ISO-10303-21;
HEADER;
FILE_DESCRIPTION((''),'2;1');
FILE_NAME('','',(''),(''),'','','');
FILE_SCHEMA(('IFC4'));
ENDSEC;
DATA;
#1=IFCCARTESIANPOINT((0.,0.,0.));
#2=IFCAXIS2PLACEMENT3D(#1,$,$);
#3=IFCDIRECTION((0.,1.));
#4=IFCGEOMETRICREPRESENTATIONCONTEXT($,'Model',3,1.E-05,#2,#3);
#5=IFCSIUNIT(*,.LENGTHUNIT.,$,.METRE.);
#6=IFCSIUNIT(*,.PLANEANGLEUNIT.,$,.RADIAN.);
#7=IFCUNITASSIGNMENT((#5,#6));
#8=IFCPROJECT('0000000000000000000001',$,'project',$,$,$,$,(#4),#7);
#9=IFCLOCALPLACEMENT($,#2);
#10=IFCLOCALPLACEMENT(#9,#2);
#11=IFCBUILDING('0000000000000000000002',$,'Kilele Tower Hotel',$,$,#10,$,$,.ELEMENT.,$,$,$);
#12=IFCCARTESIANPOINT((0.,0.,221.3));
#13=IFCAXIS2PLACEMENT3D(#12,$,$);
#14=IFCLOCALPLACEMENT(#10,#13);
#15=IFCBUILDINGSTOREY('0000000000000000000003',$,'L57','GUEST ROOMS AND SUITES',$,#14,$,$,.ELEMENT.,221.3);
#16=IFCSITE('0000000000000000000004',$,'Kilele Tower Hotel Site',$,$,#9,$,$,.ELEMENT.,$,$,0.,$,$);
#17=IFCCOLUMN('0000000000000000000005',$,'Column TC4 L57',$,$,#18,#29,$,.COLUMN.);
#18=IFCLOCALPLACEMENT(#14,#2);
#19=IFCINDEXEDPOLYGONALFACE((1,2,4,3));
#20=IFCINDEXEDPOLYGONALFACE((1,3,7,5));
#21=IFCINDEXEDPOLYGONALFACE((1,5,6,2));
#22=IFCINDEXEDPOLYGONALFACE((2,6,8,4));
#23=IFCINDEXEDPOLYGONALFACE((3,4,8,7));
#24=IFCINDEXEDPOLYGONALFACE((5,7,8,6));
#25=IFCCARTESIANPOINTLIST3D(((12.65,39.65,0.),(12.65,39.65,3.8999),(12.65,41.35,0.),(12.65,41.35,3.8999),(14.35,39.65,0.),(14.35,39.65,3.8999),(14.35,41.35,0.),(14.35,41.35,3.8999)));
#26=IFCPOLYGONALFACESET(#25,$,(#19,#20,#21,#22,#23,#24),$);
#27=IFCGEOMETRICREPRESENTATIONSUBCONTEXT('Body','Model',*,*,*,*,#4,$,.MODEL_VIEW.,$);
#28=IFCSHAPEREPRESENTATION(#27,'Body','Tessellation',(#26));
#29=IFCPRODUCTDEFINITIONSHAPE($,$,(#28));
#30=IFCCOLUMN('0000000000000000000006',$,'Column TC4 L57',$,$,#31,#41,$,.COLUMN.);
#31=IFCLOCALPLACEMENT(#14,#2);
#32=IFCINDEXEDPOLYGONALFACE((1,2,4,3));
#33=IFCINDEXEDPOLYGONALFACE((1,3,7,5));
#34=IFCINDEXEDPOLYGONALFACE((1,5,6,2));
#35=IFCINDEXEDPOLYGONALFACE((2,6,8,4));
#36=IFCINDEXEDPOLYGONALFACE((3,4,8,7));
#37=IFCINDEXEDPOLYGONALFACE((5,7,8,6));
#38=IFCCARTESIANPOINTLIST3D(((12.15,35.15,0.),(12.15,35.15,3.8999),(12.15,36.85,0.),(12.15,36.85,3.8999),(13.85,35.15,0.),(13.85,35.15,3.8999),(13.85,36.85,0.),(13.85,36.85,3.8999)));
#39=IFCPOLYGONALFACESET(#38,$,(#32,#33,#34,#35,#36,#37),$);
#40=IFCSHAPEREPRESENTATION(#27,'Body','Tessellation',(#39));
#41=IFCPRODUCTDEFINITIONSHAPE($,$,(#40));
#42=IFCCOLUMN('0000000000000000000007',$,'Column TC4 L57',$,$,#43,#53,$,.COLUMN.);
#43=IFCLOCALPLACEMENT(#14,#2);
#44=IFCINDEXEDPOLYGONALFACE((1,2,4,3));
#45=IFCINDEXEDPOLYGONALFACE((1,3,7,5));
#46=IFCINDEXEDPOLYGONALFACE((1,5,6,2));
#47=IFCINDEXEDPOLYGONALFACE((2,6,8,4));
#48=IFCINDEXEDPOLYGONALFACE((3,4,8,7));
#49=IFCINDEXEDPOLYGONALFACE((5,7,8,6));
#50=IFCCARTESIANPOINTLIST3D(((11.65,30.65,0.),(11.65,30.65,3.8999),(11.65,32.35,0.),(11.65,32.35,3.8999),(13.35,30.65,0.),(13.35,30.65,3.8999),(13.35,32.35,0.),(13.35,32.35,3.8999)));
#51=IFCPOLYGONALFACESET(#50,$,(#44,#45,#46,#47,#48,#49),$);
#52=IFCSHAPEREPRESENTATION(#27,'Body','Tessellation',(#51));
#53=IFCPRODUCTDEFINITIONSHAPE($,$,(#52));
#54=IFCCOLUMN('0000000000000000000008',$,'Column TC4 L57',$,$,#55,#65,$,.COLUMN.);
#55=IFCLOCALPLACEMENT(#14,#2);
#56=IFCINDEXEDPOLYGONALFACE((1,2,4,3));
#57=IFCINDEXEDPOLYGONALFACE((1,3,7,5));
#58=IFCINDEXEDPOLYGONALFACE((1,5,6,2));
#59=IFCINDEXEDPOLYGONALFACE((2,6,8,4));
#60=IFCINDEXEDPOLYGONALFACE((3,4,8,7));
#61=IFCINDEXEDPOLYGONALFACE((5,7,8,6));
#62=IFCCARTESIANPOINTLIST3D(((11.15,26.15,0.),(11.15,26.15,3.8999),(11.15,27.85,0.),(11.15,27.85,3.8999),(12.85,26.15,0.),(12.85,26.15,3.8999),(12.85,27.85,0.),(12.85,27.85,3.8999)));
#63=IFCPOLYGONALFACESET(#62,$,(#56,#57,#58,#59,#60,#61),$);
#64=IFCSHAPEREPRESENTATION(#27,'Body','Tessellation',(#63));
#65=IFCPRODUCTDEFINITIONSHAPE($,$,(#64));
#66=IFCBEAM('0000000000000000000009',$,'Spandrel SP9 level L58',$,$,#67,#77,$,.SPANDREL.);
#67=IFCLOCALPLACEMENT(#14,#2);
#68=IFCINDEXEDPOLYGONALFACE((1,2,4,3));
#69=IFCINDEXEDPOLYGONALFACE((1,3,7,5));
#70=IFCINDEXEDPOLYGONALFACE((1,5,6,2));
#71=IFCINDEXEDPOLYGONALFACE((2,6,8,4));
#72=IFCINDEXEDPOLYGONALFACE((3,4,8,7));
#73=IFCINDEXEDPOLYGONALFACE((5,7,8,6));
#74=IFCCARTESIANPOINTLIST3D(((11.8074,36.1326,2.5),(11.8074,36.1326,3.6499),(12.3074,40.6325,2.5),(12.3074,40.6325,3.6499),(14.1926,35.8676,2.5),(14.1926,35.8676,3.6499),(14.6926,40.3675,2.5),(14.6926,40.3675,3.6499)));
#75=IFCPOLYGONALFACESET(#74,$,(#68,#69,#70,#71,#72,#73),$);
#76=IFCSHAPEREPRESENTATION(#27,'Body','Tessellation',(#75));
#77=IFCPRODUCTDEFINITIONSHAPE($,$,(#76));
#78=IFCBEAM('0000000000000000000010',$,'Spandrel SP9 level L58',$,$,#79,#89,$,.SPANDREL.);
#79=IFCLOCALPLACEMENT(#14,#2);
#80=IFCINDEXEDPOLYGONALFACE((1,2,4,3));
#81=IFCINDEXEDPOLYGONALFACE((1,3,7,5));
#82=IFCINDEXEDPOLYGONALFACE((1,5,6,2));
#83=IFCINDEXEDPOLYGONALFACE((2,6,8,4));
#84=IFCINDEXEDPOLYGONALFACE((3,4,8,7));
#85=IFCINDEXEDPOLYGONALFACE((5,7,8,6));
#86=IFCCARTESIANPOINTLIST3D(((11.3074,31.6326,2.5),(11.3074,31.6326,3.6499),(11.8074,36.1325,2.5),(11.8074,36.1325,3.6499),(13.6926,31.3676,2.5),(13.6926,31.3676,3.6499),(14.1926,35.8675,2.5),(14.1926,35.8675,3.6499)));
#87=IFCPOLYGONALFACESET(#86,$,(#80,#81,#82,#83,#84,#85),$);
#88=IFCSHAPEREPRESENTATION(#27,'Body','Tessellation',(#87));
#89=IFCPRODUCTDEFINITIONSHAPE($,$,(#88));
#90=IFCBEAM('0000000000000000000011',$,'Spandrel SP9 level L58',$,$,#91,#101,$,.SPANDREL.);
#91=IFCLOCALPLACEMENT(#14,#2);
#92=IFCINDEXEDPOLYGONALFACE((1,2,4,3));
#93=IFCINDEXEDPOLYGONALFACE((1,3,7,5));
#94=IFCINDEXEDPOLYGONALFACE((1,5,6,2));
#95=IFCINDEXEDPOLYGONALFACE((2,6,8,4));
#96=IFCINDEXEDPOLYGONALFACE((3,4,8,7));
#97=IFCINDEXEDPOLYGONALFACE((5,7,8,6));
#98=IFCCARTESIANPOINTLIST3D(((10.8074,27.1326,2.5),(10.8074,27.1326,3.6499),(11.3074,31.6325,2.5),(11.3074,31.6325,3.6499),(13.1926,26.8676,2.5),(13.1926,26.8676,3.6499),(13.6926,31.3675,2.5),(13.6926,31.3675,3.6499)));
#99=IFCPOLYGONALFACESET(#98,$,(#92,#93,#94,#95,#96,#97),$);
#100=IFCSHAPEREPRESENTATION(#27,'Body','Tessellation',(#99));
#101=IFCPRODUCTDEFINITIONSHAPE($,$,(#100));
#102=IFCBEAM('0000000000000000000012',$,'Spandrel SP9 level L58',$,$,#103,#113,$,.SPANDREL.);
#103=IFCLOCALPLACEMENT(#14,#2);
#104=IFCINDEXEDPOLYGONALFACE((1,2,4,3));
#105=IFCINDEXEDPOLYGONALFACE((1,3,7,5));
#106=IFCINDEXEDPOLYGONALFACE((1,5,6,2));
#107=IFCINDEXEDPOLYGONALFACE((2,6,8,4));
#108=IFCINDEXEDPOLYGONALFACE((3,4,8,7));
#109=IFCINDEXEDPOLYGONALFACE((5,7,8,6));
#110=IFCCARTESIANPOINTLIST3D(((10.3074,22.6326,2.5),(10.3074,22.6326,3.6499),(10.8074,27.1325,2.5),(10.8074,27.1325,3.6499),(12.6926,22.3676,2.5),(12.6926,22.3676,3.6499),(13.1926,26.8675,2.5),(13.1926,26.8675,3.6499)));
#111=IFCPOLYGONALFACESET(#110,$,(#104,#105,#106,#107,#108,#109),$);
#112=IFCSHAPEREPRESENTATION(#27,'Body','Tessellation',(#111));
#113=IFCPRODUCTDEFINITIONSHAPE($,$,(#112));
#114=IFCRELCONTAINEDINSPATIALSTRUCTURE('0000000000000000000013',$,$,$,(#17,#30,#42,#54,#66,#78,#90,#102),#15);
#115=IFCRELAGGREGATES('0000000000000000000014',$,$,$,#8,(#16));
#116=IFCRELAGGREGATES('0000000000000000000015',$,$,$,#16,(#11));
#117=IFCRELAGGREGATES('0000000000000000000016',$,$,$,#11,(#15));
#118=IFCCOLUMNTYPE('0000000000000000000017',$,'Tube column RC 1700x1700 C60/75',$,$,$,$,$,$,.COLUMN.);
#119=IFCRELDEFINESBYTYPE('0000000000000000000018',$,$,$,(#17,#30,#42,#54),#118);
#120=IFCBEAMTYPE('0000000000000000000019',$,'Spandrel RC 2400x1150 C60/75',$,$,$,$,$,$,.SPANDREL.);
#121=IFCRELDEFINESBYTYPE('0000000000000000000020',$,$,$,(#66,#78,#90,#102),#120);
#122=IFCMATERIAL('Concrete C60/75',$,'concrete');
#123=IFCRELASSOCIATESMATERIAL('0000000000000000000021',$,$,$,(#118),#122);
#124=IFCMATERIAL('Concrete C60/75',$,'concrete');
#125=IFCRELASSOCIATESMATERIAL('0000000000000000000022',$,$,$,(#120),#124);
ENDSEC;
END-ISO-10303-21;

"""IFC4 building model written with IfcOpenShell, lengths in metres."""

from ifc_helpers import new_model, si_unit, direction, frame, origin, origin_2d, place, context, subcontext, project, spatial, rectangle, extrude, material, material_profile, profile_set, type_object, element, save


model = new_model("IFC4")

# Units and contexts
model_context = context("Model", 3, precision=1e-05, world=origin(), true_north=direction((0.0, 1.0)))
body_context = subcontext(model_context, "Body", "Model", "MODEL_VIEW")
ifc_project = project(units=[si_unit("LENGTHUNIT", "METRE"), si_unit("PLANEANGLEUNIT", "RADIAN")], contexts=[model_context])

# Site, building, storey
site_placement = place(None, origin())
site = spatial("IfcSite", under=ifc_project, at=site_placement, Name="Kilele Tower Hotel Site", CompositionType="ELEMENT", RefElevation=0.0)
building_placement = place(site_placement, origin())
building = spatial("IfcBuilding", under=site, at=building_placement, Name="Kilele Tower Hotel", CompositionType="ELEMENT")
storey_placement = place(building_placement, frame((0.0, 0.0, 221.3)))
storey = spatial("IfcBuildingStorey", under=building, at=storey_placement, Name="L57", Description="GUEST ROOMS AND SUITES", CompositionType="ELEMENT", Elevation=221.3)

# Columns
ifc_material_1 = material(Name="Concrete C60/75", Category="concrete")
ifc_material_profile_1 = material_profile(ifc_material_1, rectangle(XDim=1.7, YDim=1.7, at=origin_2d()))
ifc_profile_set_1 = profile_set([ifc_material_profile_1], Name="Concrete C60/75")
column_type = type_object("IfcColumnType", Name="Tube column RC 1700x1700 C60/75", PredefinedType="COLUMN", material=ifc_profile_set_1)
for number, where, z_axis, x_axis, name in (
    (1, (13.5, 40.5, 0.0), (0.0, 0.0, 1.0), (1.0, 0.0, 0.0), "Column TC4 L57"),
    (2, (13.0, 36.0, 0.0), (0.0, 0.0, 1.0), (1.0, 0.0, 0.0), "Column TC4 L57"),
    (3, (12.5, 31.5, 0.0), (0.0, 0.0, 1.0), (1.0, 0.0, 0.0), "Column TC4 L57"),
    (4, (12.0, 27.0, 0.0), (0.0, 0.0, 1.0), (1.0, 0.0, 0.0), "Column TC4 L57"),
):
    element("IfcColumn", number, at=place(storey_placement, frame(where, z_axis=z_axis, x_axis=x_axis)), inside=storey, type_object=column_type, Name=name, PredefinedType="COLUMN", context=body_context, shape_type="SweptSolid", body=[
        extrude(rectangle(XDim=1.7, YDim=1.7, at=origin_2d()), origin(), (0.0, 0.0, 1.0), 3.8999),
    ])

# Beams
ifc_material_2 = material(Name="Concrete C60/75", Category="concrete")
ifc_material_profile_2 = material_profile(ifc_material_2, rectangle(XDim=2.3999, YDim=1.1499, at=origin_2d()))
ifc_profile_set_2 = profile_set([ifc_material_profile_2], Name="Concrete C60/75")
beam_type = type_object("IfcBeamType", Name="Spandrel RC 2400x1150 C60/75", PredefinedType="SPANDREL", material=ifc_profile_set_2)
for number, where, z_axis, x_axis, name in (
    (5, (13.5, 40.5, 3.075), (-0.110432, -0.993884, 0.0), (0.993884, -0.110432, 0.0), "Spandrel SP9 level L58"),
    (6, (13.0, 36.0, 3.075), (-0.110432, -0.993884, 0.0), (0.993884, -0.110432, 0.0), "Spandrel SP9 level L58"),
    (7, (12.5, 31.5, 3.075), (-0.110432, -0.993884, 0.0), (0.993884, -0.110432, 0.0), "Spandrel SP9 level L58"),
    (8, (12.0, 27.0, 3.075), (-0.110432, -0.993884, 0.0), (0.993884, -0.110432, 0.0), "Spandrel SP9 level L58"),
):
    element("IfcBeam", number, at=place(storey_placement, frame(where, z_axis=z_axis, x_axis=x_axis)), inside=storey, type_object=beam_type, Name=name, PredefinedType="SPANDREL", context=body_context, shape_type="SweptSolid", body=[
        extrude(rectangle(XDim=2.3999, YDim=1.1499, at=origin_2d()), origin(), (0.0, 0.0, 1.0), 4.5276),
    ])

save(model, "model.ifc")
